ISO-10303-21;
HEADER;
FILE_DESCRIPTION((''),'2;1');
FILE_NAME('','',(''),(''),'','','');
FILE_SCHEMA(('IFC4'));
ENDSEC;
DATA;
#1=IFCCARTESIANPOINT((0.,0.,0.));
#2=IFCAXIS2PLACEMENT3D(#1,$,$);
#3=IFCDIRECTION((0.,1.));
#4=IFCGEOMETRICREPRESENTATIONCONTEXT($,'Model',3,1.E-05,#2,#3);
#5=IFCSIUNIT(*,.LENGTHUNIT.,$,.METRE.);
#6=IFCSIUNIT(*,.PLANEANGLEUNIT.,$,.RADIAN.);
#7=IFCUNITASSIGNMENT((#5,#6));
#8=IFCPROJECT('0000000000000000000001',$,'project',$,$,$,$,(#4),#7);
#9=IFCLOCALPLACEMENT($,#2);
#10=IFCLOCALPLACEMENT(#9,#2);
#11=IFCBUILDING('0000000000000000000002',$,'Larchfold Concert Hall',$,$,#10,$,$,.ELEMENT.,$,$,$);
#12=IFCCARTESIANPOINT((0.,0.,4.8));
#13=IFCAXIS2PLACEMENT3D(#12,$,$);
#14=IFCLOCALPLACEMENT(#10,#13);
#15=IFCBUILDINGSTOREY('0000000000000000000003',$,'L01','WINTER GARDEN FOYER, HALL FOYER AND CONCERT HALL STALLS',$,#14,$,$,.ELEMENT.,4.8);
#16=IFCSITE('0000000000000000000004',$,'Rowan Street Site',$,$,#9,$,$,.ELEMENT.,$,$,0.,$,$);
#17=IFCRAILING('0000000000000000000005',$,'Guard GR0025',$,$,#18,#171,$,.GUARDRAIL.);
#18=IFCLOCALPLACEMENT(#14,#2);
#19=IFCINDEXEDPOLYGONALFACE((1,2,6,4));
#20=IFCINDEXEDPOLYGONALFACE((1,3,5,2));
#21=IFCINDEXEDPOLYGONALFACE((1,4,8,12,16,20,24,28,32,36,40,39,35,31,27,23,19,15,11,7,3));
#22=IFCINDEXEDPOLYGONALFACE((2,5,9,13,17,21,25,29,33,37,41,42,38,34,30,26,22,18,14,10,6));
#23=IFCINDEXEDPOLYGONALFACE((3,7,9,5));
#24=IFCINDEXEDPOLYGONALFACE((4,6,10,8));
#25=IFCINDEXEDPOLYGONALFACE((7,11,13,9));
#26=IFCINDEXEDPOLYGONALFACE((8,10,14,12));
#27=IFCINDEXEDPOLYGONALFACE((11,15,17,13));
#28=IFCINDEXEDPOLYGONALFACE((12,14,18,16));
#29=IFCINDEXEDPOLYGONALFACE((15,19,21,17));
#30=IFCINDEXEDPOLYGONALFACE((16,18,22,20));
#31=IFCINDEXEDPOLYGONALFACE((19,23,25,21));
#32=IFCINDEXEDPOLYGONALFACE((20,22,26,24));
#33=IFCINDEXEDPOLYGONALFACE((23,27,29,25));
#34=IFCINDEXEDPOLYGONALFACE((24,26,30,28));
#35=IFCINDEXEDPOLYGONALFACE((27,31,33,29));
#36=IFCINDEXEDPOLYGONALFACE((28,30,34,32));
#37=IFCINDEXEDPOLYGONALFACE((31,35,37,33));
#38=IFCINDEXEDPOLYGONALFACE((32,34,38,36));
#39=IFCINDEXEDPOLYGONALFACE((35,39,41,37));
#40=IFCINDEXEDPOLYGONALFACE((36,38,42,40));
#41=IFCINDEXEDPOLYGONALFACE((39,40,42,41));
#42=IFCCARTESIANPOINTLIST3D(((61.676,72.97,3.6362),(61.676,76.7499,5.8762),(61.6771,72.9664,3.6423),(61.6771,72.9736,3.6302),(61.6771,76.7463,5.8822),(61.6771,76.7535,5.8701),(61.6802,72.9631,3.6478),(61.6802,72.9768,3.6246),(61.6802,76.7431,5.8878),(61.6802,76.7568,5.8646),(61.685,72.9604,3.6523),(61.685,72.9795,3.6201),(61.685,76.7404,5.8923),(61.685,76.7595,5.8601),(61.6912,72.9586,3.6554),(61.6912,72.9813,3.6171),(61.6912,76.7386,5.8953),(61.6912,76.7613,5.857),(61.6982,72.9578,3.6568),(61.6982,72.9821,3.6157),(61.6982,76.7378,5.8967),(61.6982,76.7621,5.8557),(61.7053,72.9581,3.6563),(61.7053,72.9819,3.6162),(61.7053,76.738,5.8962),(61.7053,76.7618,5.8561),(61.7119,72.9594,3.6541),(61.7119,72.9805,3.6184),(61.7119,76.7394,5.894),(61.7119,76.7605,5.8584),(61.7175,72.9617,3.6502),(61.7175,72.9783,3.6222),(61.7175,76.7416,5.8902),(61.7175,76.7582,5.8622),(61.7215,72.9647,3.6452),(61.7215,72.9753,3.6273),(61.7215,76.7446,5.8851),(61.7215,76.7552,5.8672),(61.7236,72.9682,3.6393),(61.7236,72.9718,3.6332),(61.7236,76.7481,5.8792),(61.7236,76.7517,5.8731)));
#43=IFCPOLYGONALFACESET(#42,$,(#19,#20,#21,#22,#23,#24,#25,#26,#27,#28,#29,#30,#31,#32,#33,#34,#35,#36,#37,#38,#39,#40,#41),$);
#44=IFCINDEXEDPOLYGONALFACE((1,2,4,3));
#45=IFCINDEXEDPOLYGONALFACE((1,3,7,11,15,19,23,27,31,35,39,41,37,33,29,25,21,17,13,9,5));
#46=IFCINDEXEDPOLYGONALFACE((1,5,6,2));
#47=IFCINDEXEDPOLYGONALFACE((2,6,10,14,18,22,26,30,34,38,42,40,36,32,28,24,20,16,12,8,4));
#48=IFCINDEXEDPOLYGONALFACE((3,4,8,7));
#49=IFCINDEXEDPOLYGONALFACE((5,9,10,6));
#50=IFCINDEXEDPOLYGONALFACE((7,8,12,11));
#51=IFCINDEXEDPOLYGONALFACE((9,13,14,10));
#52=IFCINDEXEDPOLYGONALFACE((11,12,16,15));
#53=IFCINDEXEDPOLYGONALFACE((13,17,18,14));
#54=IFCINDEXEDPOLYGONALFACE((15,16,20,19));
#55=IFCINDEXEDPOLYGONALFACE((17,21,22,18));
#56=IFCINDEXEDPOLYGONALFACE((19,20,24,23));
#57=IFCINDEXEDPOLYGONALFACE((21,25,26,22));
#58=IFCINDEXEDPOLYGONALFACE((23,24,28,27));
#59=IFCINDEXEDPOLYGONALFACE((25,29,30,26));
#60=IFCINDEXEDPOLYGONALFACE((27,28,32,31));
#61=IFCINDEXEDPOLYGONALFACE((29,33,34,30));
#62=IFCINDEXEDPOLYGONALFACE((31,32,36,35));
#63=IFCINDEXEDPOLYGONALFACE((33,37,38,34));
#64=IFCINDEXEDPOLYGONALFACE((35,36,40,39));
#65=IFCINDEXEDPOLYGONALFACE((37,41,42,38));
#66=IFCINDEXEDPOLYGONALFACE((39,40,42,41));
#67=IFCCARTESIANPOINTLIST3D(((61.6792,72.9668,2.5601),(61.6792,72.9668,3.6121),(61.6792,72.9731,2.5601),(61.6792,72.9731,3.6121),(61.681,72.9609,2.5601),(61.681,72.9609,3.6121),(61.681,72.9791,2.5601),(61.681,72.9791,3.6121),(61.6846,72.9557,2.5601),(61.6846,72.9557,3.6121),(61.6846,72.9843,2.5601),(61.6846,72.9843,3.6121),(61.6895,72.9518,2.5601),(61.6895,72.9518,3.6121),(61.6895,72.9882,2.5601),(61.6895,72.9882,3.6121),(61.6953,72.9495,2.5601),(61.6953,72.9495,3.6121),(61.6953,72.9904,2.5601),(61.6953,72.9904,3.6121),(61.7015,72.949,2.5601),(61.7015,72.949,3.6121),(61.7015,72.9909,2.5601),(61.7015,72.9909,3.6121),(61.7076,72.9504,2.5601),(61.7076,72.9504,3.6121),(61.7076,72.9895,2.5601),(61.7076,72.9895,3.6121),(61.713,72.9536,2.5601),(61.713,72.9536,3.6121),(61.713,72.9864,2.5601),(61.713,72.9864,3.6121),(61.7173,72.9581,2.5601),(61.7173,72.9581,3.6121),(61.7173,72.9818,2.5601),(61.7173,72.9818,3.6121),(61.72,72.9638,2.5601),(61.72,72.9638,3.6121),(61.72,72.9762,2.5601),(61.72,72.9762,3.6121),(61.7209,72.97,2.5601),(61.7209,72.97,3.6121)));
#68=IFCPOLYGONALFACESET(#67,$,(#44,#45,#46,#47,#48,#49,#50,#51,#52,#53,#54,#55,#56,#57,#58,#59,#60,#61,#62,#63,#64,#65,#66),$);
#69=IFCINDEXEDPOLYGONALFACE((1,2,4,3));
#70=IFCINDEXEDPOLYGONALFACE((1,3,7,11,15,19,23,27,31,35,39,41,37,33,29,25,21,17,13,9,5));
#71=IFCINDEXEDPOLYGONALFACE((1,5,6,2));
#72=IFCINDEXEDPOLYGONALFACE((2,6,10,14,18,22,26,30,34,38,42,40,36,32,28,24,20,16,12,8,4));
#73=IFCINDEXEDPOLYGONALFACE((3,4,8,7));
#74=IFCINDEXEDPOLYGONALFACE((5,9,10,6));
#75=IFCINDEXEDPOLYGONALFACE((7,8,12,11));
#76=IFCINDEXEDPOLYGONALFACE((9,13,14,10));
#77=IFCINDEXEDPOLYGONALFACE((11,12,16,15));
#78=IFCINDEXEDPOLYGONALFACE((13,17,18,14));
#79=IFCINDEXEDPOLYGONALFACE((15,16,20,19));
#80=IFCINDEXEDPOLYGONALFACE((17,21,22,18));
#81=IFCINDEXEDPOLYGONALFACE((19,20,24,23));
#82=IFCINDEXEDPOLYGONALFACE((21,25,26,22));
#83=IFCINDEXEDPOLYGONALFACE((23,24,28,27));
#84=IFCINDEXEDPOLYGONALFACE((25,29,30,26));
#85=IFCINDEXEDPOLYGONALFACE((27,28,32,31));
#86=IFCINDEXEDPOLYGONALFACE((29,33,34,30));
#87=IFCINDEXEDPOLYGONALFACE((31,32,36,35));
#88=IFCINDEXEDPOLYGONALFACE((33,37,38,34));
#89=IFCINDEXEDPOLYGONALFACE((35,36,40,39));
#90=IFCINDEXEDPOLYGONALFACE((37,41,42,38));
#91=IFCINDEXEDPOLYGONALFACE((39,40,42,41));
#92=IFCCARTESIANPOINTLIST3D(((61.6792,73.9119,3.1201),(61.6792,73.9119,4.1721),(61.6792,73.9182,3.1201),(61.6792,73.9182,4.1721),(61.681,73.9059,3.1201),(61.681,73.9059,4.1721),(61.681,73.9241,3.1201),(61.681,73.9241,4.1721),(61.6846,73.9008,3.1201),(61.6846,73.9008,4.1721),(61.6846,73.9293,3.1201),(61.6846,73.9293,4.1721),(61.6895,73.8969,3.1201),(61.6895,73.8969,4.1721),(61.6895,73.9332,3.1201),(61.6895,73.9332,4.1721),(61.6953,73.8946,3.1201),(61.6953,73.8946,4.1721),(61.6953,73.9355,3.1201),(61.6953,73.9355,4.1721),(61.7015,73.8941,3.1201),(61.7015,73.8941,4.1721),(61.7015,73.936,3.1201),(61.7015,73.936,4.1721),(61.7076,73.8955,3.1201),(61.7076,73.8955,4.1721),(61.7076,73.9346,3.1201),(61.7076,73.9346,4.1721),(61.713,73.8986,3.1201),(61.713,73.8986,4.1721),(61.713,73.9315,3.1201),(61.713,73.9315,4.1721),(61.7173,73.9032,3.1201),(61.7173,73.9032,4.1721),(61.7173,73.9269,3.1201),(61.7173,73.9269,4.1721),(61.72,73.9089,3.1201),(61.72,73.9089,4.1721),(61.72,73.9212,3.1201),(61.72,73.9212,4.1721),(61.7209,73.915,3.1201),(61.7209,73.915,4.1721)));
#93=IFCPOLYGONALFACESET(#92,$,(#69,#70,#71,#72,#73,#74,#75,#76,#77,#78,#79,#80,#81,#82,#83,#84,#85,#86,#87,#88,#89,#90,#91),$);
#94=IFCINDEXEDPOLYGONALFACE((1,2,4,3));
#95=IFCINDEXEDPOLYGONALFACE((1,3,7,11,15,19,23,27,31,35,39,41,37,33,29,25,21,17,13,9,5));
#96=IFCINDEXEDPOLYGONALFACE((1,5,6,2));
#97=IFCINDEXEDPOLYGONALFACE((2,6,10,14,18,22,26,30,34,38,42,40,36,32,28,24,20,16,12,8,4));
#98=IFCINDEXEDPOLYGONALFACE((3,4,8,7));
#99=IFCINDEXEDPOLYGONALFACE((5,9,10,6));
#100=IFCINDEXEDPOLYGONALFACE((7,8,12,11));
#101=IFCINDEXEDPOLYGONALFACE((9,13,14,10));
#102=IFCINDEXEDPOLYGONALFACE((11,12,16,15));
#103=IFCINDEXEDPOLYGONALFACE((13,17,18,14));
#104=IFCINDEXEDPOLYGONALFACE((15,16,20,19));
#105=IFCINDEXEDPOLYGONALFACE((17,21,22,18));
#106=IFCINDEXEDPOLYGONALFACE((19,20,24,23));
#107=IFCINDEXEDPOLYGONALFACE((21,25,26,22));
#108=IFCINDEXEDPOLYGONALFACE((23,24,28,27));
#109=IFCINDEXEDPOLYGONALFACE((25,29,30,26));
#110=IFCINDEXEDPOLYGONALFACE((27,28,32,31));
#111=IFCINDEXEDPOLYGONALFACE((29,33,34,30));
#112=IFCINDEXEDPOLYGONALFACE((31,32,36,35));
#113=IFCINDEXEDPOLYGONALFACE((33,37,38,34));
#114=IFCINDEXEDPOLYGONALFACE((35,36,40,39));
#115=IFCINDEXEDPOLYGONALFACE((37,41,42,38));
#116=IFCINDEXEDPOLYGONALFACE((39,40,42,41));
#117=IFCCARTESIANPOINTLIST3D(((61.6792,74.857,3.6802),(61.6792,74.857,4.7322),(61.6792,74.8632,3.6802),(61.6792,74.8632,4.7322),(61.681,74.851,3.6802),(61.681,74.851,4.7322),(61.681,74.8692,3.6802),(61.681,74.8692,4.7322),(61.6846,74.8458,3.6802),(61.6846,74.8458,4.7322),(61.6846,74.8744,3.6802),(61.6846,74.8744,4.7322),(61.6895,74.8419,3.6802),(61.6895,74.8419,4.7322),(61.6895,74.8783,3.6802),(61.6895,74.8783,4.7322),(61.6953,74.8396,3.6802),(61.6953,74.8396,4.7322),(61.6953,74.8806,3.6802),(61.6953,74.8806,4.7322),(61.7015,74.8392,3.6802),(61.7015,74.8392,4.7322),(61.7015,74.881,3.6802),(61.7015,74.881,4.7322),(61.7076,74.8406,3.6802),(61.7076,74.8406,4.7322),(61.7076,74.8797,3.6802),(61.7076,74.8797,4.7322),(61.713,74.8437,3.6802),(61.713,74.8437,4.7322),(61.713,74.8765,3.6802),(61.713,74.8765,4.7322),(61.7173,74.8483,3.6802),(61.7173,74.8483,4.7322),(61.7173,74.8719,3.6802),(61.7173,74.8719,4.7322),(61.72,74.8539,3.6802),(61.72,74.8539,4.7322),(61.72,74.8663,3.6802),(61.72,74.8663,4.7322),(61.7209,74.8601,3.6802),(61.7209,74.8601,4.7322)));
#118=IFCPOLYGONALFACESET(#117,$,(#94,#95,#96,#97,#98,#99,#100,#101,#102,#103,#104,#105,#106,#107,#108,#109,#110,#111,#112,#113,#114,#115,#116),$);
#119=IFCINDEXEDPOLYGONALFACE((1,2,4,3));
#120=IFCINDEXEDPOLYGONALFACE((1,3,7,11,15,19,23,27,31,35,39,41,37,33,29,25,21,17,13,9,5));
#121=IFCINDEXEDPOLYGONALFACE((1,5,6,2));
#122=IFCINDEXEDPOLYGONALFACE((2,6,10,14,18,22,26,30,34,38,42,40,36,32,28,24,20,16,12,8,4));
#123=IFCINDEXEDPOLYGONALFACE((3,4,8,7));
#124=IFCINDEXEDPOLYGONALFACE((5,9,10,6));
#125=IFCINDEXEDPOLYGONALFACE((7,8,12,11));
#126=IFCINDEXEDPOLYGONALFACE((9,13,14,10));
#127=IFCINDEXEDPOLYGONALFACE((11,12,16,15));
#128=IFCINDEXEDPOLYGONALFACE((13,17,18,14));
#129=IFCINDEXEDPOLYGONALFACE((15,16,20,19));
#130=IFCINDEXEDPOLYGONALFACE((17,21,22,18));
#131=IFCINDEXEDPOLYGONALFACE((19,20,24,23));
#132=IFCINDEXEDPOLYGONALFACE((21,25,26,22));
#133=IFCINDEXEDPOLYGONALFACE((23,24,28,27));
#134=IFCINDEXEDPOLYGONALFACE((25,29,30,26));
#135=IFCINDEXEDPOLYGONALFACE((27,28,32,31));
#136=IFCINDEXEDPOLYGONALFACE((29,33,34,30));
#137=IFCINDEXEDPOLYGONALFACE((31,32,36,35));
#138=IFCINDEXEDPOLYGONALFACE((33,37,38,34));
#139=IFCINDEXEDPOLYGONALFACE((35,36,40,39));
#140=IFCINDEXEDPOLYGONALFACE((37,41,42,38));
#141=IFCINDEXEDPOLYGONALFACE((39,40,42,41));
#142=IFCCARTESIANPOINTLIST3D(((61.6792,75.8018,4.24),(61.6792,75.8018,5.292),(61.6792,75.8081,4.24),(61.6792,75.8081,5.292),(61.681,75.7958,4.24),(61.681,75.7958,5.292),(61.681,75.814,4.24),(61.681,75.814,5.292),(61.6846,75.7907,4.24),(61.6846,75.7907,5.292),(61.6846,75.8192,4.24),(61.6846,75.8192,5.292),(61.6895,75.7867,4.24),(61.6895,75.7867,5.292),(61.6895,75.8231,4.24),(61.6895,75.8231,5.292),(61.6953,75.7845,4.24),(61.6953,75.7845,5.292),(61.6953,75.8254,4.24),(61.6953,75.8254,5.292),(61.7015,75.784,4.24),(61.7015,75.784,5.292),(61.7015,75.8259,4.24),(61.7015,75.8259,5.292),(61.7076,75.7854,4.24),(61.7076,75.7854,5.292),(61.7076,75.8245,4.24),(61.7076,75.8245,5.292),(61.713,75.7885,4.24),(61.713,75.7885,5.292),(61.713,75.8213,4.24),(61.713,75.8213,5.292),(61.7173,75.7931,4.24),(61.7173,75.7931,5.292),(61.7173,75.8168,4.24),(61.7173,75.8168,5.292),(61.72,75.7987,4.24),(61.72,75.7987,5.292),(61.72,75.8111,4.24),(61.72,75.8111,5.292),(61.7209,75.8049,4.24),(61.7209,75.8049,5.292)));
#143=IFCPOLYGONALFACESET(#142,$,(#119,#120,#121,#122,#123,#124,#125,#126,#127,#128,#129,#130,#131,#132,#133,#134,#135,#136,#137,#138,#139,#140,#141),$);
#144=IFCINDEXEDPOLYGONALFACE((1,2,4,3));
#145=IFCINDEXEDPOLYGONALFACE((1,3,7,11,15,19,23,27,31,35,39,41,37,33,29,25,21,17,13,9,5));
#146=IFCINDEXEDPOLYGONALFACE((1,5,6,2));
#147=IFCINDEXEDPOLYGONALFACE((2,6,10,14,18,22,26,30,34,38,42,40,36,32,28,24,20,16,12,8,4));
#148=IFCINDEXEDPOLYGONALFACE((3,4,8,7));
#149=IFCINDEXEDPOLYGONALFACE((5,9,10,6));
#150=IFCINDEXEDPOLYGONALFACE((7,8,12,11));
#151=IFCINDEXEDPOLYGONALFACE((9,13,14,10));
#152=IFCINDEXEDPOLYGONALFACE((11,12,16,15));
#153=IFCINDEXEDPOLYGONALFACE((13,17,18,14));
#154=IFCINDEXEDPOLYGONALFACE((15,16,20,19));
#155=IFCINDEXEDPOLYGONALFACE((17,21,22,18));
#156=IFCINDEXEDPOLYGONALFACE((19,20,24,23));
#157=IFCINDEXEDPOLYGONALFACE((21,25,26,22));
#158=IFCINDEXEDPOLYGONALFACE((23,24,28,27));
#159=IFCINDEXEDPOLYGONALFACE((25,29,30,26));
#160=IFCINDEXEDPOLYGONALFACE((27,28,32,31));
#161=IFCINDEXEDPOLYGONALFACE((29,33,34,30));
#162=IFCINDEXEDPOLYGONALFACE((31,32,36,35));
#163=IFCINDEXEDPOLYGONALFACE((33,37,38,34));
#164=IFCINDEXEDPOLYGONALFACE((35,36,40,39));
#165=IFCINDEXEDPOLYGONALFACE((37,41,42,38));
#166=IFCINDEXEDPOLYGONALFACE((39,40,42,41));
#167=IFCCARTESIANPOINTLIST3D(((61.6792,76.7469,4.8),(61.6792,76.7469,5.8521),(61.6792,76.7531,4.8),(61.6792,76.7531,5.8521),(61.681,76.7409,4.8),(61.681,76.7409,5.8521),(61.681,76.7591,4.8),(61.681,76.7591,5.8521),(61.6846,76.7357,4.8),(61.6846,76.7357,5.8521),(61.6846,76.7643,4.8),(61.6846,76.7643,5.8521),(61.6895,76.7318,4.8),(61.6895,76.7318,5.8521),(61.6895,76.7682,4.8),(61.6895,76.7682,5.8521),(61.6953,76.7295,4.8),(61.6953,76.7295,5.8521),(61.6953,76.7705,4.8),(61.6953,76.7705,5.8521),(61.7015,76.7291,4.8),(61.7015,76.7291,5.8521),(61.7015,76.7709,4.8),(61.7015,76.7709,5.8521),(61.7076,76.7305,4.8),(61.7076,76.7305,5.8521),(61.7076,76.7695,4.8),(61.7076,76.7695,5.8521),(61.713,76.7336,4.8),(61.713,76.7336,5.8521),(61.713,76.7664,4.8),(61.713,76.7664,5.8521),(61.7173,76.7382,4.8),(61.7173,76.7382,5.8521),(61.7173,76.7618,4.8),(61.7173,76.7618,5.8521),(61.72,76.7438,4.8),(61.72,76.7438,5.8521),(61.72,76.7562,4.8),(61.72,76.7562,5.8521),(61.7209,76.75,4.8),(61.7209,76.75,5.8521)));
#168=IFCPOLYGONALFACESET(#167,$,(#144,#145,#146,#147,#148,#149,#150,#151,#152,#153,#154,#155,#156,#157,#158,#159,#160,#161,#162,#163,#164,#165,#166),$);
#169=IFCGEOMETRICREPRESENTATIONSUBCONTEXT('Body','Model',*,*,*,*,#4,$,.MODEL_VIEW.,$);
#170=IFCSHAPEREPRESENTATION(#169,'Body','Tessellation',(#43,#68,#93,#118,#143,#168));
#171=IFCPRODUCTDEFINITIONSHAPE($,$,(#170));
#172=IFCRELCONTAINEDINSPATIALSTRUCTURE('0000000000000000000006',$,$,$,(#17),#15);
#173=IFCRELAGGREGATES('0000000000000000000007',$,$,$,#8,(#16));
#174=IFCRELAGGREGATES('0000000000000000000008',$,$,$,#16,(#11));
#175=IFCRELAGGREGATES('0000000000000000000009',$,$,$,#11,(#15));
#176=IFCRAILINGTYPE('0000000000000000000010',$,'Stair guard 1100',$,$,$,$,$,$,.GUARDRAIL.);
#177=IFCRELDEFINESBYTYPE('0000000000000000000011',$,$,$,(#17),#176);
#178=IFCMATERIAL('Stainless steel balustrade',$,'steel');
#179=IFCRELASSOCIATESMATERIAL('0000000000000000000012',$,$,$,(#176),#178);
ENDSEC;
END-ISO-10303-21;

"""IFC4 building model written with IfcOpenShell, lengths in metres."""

from ifc_helpers import new_model, si_unit, direction, frame, origin, origin_2d, place, context, subcontext, project, spatial, circle, extrude, material, type_object, element, save


model = new_model("IFC4")

# Units and contexts
model_context = context("Model", 3, precision=1e-05, world=origin(), true_north=direction((0.0, 1.0)))
body_context = subcontext(model_context, "Body", "Model", "MODEL_VIEW")
ifc_project = project(units=[si_unit("LENGTHUNIT", "METRE"), si_unit("PLANEANGLEUNIT", "RADIAN")], contexts=[model_context])

# Site, building, storey
site_placement = place(None, origin())
site = spatial("IfcSite", under=ifc_project, at=site_placement, Name="Rowan Street Site", CompositionType="ELEMENT", RefElevation=0.0)
building_placement = place(site_placement, origin())
building = spatial("IfcBuilding", under=site, at=building_placement, Name="Larchfold Concert Hall", CompositionType="ELEMENT")
storey_placement = place(building_placement, frame((0.0, 0.0, 4.8)))
storey = spatial("IfcBuildingStorey", under=building, at=storey_placement, Name="L01", Description="WINTER GARDEN FOYER, HALL FOYER AND CONCERT HALL STALLS", CompositionType="ELEMENT", Elevation=4.8)

# Railing
ifc_material_1 = material(Name="Stainless steel balustrade", Category="steel")
railing_type_1 = type_object("IfcRailingType", Name="Stair guard 1100", PredefinedType="GUARDRAIL", material=ifc_material_1)
railing_1_placement = place(storey_placement, frame((61.7, 72.97, 2.5601)))
element("IfcRailing", 1, at=railing_1_placement, inside=storey, type_object=railing_type_1, Name="Guard GR0025", PredefinedType="GUARDRAIL", context=body_context, shape_type="SweptSolid", body=[
    extrude(circle(Radius=0.0239, at=origin_2d()), frame((0.0, 0.0, 1.0762), z_axis=(0.0, 0.860294, 0.509798), x_axis=(-1.0, 0.0, 0.0)), (0.0, 0.0, 1.0), 4.3938),
    extrude(circle(Radius=0.021, at=origin_2d()), origin(), (0.0, 0.0, 1.0), 1.052),
    extrude(circle(Radius=0.021, at=origin_2d()), frame((0.0, 0.9451, 0.5601)), (0.0, 0.0, 1.0), 1.052),
    extrude(circle(Radius=0.021, at=origin_2d()), frame((0.0, 1.8901, 1.1201)), (0.0, 0.0, 1.0), 1.052),
    extrude(circle(Radius=0.021, at=origin_2d()), frame((0.0, 2.835, 1.6799)), (0.0, 0.0, 1.0), 1.052),
    extrude(circle(Radius=0.021, at=origin_2d()), frame((0.0, 3.78, 2.24)), (0.0, 0.0, 1.0), 1.052),
])

save(model, "model.ifc")
